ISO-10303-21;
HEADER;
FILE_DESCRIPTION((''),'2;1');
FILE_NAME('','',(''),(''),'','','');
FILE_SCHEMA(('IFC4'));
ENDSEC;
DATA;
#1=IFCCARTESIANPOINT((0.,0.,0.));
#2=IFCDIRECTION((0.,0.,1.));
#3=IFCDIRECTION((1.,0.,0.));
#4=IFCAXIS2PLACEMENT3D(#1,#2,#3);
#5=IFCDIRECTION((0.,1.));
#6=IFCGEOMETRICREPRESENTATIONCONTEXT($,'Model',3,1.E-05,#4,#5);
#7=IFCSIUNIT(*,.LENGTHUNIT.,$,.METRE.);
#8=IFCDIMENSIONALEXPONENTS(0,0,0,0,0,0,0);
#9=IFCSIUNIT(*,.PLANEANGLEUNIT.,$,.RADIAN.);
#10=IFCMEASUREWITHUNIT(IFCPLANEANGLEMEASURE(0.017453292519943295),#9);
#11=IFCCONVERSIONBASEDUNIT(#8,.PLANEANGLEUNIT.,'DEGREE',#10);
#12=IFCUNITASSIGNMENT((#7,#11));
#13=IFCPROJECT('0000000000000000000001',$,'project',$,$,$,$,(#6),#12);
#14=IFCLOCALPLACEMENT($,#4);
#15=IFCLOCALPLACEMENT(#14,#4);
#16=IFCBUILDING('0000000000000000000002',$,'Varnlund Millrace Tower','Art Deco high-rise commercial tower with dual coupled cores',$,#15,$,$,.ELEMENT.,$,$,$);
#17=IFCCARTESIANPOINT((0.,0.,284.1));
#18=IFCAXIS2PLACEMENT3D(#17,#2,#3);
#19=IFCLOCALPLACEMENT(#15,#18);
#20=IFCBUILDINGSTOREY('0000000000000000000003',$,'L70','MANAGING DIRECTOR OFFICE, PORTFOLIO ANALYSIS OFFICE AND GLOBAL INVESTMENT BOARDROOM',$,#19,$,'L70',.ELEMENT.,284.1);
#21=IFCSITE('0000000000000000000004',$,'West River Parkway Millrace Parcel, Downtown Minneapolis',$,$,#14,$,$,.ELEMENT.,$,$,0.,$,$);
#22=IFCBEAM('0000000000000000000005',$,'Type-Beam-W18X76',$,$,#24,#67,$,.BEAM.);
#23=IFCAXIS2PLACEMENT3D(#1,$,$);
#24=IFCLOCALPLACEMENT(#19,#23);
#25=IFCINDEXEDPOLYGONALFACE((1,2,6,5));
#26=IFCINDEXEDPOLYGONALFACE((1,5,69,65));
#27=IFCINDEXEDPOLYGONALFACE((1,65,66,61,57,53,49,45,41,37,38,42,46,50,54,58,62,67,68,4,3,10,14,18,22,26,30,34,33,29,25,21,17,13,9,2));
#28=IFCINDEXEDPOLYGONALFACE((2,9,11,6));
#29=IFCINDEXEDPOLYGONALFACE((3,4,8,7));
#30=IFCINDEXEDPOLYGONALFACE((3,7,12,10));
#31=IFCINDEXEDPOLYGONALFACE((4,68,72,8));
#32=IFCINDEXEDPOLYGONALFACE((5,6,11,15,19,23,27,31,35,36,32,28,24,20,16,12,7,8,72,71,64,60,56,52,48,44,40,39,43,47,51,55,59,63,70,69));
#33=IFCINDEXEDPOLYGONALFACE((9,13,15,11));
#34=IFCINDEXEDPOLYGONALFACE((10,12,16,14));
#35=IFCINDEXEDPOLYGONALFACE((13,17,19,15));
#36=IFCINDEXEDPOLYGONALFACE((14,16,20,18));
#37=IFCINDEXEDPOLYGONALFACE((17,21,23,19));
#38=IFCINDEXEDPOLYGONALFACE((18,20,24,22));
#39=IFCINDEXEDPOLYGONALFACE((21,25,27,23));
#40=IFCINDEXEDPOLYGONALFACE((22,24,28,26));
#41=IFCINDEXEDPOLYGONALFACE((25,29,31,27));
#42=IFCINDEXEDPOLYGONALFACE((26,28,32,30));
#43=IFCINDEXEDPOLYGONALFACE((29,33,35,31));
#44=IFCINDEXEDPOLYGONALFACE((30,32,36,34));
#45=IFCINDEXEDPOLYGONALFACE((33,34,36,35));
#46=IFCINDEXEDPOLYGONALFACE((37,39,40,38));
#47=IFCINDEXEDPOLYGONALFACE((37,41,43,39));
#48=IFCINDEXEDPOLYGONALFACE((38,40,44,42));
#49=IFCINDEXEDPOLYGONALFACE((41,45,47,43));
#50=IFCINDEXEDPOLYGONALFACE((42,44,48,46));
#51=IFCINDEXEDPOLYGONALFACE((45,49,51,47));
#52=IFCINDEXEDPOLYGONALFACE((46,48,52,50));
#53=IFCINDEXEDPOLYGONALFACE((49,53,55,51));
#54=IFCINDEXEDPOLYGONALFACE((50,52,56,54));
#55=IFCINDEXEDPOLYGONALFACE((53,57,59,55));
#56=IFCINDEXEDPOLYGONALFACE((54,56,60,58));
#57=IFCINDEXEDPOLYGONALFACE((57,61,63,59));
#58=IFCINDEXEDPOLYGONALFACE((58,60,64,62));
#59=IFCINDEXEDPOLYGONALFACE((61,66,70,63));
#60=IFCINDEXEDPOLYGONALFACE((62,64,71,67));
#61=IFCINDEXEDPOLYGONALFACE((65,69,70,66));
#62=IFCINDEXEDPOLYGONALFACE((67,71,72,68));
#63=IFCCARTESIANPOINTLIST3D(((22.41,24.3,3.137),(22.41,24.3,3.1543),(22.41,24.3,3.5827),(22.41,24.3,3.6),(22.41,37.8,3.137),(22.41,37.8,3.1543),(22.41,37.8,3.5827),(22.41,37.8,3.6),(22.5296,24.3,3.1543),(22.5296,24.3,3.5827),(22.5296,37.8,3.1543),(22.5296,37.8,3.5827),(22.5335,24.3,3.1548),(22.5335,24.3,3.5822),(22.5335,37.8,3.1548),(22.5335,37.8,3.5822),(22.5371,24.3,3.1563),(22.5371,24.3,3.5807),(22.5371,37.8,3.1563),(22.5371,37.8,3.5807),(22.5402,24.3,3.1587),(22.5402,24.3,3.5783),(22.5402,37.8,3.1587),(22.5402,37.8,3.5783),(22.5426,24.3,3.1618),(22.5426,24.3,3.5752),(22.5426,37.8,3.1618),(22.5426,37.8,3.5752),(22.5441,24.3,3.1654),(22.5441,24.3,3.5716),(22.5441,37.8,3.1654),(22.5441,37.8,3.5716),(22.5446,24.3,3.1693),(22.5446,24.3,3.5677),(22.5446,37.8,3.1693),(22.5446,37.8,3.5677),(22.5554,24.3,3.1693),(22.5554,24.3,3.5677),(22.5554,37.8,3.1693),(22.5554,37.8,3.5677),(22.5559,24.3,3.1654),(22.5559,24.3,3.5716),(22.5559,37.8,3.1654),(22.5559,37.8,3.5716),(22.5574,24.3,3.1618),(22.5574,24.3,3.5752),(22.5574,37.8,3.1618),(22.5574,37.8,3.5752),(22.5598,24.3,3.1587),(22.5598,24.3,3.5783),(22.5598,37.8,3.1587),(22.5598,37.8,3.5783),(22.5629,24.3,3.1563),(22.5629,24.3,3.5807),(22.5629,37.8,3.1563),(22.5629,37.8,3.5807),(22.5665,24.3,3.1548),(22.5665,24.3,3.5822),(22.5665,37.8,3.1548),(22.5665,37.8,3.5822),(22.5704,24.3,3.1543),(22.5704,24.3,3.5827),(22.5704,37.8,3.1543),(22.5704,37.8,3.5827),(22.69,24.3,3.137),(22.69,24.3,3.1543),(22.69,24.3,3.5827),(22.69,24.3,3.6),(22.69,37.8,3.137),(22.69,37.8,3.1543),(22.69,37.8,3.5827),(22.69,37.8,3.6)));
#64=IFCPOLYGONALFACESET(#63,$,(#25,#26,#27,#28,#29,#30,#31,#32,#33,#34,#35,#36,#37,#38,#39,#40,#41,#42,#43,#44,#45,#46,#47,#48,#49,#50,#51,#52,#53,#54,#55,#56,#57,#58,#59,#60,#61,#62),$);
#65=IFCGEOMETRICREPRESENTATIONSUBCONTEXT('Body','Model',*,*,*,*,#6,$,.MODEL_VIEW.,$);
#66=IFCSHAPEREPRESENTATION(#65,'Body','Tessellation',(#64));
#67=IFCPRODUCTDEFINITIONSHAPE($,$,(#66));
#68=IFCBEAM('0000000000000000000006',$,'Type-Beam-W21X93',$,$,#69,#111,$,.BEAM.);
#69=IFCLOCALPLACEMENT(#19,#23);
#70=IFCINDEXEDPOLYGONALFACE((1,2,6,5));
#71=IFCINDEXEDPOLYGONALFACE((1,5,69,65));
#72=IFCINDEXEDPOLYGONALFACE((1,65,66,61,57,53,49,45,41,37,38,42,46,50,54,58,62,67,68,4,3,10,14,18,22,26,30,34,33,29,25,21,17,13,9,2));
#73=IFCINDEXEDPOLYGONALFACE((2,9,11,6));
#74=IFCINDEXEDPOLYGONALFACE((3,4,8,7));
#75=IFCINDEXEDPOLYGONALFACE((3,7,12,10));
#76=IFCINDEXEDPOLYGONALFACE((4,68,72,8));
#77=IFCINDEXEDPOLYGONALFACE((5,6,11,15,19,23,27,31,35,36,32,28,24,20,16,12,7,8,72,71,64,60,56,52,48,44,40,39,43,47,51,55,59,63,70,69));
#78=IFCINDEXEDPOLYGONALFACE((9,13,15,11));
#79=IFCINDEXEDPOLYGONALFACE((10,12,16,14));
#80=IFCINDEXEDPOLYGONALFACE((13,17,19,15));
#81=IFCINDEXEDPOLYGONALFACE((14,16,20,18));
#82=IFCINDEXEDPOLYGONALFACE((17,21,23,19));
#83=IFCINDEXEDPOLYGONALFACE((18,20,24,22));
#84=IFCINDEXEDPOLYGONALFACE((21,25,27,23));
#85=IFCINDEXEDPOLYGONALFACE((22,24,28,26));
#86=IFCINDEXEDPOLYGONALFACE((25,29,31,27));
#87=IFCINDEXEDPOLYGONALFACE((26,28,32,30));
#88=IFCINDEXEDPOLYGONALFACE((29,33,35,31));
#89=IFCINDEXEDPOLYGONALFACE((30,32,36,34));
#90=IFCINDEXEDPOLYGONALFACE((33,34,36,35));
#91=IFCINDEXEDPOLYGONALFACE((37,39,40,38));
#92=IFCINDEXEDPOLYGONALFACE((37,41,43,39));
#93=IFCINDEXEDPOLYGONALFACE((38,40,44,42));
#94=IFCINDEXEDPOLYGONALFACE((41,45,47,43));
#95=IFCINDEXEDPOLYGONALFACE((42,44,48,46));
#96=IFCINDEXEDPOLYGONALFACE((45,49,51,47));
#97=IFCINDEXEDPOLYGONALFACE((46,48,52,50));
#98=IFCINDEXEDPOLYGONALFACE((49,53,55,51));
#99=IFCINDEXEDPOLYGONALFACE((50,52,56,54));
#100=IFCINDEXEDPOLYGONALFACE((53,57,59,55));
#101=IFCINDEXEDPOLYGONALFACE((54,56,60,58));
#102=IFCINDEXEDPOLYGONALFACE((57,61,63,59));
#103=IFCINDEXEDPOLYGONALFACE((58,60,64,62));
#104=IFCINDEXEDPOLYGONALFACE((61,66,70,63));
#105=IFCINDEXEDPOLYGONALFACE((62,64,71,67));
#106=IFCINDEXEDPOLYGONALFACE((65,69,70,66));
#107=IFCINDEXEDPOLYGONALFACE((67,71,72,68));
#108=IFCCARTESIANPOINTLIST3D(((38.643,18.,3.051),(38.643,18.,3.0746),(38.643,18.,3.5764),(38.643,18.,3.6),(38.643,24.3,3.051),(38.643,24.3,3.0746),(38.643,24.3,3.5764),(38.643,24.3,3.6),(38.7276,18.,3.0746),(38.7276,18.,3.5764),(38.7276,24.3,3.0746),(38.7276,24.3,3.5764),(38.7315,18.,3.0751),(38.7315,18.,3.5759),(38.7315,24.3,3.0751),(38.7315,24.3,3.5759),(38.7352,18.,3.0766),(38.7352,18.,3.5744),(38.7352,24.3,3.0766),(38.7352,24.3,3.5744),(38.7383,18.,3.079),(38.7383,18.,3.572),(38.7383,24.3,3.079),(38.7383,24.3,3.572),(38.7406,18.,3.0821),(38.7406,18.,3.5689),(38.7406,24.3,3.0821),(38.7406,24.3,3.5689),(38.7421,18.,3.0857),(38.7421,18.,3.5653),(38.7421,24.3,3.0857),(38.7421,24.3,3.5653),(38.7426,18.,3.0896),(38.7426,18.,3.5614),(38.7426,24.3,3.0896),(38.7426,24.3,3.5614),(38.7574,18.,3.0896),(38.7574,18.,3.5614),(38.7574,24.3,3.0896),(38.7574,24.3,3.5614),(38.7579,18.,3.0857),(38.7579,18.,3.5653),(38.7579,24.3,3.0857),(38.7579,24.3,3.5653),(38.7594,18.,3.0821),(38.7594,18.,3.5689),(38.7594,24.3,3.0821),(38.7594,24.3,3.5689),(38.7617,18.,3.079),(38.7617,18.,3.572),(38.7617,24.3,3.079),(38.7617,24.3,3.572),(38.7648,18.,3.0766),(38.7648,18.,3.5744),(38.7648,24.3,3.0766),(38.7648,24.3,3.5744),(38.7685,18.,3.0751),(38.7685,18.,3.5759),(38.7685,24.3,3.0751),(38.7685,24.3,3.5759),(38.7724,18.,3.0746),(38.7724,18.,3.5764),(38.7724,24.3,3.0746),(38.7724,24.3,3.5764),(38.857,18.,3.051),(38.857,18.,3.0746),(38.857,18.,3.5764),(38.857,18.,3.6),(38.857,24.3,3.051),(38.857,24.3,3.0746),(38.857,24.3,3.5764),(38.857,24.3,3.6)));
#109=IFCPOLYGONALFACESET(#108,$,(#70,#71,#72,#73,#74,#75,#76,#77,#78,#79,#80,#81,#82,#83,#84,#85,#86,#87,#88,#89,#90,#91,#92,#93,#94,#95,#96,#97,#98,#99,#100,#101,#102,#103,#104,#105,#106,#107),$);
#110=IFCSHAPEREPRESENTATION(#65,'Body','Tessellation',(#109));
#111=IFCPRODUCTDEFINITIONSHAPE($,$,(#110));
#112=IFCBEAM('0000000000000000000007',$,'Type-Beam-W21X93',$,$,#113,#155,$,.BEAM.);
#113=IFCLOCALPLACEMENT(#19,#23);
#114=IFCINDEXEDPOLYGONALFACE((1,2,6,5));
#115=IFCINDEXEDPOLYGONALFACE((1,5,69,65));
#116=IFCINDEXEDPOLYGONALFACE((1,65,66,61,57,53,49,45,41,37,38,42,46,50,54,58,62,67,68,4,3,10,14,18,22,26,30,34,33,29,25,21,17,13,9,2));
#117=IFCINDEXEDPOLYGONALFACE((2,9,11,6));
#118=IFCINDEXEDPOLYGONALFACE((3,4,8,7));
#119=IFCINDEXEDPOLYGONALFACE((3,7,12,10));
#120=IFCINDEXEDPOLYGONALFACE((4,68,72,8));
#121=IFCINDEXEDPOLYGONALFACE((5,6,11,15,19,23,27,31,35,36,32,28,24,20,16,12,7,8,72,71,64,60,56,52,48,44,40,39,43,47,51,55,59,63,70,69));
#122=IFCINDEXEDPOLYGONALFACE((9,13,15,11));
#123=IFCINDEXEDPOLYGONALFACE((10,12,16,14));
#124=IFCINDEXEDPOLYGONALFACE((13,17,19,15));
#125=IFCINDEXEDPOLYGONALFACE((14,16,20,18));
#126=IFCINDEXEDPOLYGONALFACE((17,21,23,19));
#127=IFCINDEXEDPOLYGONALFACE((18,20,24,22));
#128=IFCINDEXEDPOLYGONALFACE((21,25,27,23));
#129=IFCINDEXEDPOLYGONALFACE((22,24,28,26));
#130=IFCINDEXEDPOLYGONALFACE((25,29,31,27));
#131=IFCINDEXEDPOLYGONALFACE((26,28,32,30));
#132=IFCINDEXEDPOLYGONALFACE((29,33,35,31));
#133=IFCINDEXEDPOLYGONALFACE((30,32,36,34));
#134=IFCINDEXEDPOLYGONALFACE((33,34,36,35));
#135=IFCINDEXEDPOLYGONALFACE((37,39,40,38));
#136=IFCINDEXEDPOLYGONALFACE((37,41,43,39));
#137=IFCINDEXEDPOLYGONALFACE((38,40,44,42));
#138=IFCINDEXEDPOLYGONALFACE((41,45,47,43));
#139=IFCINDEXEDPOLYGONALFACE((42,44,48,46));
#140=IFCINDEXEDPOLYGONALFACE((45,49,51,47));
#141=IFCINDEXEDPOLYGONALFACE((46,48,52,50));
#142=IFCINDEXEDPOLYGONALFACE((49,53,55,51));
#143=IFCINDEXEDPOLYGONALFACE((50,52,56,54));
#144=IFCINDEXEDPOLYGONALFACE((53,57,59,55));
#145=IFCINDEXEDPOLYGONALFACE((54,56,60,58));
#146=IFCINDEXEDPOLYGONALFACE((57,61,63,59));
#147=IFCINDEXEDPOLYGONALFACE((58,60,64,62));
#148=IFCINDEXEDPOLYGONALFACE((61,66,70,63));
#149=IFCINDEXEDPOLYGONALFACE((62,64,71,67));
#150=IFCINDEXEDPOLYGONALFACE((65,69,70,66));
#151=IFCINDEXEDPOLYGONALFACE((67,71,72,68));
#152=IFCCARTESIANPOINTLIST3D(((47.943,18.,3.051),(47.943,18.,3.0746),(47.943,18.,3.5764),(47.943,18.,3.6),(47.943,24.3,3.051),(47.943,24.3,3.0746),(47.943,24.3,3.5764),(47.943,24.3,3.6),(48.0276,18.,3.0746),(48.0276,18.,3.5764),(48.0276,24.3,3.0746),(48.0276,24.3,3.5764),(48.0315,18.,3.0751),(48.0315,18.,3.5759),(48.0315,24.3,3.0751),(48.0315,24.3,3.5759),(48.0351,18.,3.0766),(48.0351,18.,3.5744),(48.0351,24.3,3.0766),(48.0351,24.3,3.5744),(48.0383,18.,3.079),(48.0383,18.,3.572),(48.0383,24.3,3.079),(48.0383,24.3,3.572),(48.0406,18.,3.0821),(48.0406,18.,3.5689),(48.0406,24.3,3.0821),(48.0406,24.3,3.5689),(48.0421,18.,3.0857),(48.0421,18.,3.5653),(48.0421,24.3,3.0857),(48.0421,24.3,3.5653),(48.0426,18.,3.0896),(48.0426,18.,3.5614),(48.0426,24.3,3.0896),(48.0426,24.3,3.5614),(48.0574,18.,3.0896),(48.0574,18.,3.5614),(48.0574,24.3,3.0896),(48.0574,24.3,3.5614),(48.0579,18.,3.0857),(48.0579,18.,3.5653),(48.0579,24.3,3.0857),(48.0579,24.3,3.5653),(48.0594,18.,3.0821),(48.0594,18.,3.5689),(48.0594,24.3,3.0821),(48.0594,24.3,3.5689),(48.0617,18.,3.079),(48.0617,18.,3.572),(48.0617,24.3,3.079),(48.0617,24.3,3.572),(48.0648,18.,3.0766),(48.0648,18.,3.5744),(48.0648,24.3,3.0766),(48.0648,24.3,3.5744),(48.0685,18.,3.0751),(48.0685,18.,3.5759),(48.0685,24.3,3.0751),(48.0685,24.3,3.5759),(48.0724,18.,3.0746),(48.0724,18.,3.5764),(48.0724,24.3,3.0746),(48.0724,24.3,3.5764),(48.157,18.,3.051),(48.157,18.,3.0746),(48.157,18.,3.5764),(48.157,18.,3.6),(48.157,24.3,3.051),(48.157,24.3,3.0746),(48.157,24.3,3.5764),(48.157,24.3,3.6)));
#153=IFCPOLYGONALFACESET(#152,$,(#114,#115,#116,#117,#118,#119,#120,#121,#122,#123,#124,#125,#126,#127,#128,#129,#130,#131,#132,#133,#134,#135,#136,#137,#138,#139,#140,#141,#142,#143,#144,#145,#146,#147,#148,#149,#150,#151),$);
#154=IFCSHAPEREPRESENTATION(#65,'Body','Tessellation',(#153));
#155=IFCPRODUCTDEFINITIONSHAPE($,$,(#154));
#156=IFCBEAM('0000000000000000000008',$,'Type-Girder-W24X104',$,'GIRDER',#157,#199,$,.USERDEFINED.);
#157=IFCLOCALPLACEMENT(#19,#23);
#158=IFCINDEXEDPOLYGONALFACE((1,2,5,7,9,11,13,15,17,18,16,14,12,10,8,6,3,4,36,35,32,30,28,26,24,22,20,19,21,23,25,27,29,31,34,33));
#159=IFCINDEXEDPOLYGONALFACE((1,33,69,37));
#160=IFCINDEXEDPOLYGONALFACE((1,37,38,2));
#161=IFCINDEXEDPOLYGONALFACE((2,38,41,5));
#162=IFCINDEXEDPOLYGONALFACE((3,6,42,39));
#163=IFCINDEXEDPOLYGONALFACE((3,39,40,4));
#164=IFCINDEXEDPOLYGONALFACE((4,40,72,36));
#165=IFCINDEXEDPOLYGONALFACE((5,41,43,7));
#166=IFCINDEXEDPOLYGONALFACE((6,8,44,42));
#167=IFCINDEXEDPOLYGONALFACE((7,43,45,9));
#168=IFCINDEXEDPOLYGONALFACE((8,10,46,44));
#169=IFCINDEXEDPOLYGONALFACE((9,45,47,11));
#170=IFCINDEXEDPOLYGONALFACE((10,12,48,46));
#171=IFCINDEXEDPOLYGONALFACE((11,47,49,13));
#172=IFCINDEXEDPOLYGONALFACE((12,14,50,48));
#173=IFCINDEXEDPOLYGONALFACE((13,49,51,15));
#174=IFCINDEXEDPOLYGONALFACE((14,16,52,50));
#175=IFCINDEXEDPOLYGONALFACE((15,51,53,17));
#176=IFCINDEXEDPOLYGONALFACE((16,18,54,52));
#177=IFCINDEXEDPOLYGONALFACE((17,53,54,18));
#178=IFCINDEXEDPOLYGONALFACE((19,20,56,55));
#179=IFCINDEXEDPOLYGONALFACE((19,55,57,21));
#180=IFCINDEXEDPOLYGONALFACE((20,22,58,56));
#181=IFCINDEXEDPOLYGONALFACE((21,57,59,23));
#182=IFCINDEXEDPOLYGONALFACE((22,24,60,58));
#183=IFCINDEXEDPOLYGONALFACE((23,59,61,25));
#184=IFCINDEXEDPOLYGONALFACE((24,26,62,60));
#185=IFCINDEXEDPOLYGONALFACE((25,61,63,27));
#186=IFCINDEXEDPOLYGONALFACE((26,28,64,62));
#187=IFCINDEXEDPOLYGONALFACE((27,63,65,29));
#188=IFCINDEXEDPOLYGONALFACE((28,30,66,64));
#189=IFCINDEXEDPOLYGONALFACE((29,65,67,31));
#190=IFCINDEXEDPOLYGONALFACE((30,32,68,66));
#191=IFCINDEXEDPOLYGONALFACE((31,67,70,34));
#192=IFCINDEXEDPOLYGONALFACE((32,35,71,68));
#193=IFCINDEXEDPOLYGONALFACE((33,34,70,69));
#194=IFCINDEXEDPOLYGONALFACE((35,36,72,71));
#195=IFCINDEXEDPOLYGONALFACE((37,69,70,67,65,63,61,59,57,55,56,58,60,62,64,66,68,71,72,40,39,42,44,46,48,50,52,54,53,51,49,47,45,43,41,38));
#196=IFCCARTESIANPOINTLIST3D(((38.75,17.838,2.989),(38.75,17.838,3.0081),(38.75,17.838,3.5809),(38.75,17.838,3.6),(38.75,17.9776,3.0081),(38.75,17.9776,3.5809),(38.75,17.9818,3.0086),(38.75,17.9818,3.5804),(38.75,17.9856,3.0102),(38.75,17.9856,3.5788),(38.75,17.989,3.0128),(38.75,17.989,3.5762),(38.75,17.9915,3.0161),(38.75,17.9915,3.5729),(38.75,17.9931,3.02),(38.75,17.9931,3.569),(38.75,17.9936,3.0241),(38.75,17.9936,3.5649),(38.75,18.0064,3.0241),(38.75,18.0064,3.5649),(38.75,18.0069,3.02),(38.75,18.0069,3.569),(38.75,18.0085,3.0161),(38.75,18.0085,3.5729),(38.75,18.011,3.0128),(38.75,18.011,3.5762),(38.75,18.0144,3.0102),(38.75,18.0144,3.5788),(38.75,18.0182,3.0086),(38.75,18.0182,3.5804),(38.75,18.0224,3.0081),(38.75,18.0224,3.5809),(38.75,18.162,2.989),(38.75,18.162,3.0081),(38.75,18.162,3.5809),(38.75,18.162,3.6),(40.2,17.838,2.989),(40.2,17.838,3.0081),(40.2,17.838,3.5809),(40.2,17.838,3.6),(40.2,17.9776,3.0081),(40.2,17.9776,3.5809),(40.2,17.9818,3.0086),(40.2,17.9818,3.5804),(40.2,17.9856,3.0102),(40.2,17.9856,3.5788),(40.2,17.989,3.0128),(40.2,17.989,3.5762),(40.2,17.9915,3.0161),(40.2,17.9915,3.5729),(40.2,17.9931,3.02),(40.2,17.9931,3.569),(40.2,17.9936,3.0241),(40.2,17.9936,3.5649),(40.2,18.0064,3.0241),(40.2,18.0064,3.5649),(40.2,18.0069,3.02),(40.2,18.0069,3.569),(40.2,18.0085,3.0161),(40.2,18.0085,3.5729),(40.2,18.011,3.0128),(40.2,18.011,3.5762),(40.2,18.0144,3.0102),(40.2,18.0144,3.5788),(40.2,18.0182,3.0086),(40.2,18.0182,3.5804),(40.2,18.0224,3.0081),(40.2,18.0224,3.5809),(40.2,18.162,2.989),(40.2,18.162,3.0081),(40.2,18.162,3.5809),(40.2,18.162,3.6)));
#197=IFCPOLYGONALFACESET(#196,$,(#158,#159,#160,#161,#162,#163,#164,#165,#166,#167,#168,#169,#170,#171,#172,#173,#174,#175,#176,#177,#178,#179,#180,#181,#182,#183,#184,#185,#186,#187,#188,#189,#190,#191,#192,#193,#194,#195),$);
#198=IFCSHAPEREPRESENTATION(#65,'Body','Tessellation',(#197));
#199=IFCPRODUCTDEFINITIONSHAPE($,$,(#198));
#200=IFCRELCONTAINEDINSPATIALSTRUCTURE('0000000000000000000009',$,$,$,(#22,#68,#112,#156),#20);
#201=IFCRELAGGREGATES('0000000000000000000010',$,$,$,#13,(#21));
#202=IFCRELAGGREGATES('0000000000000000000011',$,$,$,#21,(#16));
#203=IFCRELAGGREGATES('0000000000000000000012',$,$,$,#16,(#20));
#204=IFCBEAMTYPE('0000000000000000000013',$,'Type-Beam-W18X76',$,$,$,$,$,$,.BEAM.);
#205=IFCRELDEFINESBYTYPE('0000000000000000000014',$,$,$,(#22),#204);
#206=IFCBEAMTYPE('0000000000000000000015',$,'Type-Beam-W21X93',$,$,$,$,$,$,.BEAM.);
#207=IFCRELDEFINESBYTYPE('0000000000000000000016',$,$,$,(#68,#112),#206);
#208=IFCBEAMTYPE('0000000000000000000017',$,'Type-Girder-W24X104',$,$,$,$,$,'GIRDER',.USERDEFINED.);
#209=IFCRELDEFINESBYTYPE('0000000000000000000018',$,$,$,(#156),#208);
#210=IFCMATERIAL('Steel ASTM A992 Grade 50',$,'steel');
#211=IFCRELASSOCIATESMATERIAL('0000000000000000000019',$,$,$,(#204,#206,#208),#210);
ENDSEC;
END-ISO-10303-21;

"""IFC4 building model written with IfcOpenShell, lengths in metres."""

from ifc_helpers import new_model, entity, si_unit, converted_unit, direction, frame, origin_with_axes, origin_2d_with_axis, place, context, subcontext, project, spatial, i_section, extrude, material, material_profile, profile_set, type_object, element, save


model = new_model("IFC4")

# Units and contexts
model_context = context("Model", 3, precision=1e-05, world=origin_with_axes(), true_north=direction((0.0, 1.0)))
body_context = subcontext(model_context, "Body", "Model", "MODEL_VIEW")
ifc_project = project(units=[si_unit("LENGTHUNIT", "METRE"), converted_unit("PLANEANGLEUNIT", "DEGREE", entity("IfcPlaneAngleMeasure", 0.017453292519943295), si_unit("PLANEANGLEUNIT", "RADIAN"), dimensions=[0, 0, 0, 0, 0, 0, 0])], contexts=[model_context])

# Site, building, storey
site_placement = place(None, origin_with_axes())
site = spatial("IfcSite", under=ifc_project, at=site_placement, Name="West River Parkway Millrace Parcel, Downtown Minneapolis", CompositionType="ELEMENT", RefElevation=0.0)
building_placement = place(site_placement, origin_with_axes())
building = spatial("IfcBuilding", under=site, at=building_placement, Name="Varnlund Millrace Tower", Description="Art Deco high-rise commercial tower with dual coupled cores", CompositionType="ELEMENT")
storey_placement = place(building_placement, frame((0.0, 0.0, 284.1), z_axis=(0.0, 0.0, 1.0), x_axis=(1.0, 0.0, 0.0)))
storey = spatial("IfcBuildingStorey", under=building, at=storey_placement, Name="L70", Description="MANAGING DIRECTOR OFFICE, PORTFOLIO ANALYSIS OFFICE AND GLOBAL INVESTMENT BOARDROOM", LongName="L70", CompositionType="ELEMENT", Elevation=284.1)

# Beams
ifc_material_1 = material(Name="Steel ASTM A992 Grade 50", Category="steel")
ifc_material_profile_1 = material_profile(ifc_material_1, i_section(OverallWidth=0.28, OverallDepth=0.463, WebThickness=0.0108, FlangeThickness=0.0173, FilletRadius=0.015, at=origin_2d_with_axis()), Name="Steel ASTM A992 Grade 50")
ifc_profile_set_1 = profile_set([ifc_material_profile_1], Name="Steel ASTM A992 Grade 50")
beam_type_1 = type_object("IfcBeamType", Name="Type-Beam-W18X76", PredefinedType="BEAM", material=ifc_profile_set_1)
beam_1_placement = place(storey_placement, frame((22.55, 24.3, 3.3685), z_axis=(0.0, 1.0, 0.0), x_axis=(-1.0, 0.0, 0.0)))
element("IfcBeam", 1, at=beam_1_placement, inside=storey, type_object=beam_type_1, Name="Type-Beam-W18X76", PredefinedType="BEAM", context=body_context, shape_type="SweptSolid", body=[
    extrude(i_section(OverallWidth=0.28, OverallDepth=0.463, WebThickness=0.0108, FlangeThickness=0.0173, FilletRadius=0.015, at=origin_2d_with_axis()), origin_with_axes(), (0.0, 0.0, 1.0), 13.5),
])
ifc_material_profile_2 = material_profile(ifc_material_1, i_section(OverallWidth=0.214, OverallDepth=0.549, WebThickness=0.0147, FlangeThickness=0.0236, FilletRadius=0.015, at=origin_2d_with_axis()), Name="Steel ASTM A992 Grade 50")
ifc_profile_set_2 = profile_set([ifc_material_profile_2], Name="Steel ASTM A992 Grade 50")
beam_type_2 = type_object("IfcBeamType", Name="Type-Beam-W21X93", PredefinedType="BEAM", material=ifc_profile_set_2)
for number, where, z_axis, x_axis, name in (
    (2, (38.75, 18.0, 3.3255), (0.0, 1.0, 0.0), (-1.0, 0.0, 0.0), "Type-Beam-W21X93"),
    (3, (48.05, 18.0, 3.3255), (0.0, 1.0, 0.0), (-1.0, 0.0, 0.0), "Type-Beam-W21X93"),
):
    element("IfcBeam", number, at=place(storey_placement, frame(where, z_axis=z_axis, x_axis=x_axis)), inside=storey, type_object=beam_type_2, Name=name, PredefinedType="BEAM", context=body_context, shape_type="SweptSolid", body=[
        extrude(i_section(OverallWidth=0.214, OverallDepth=0.549, WebThickness=0.0147, FlangeThickness=0.0236, FilletRadius=0.015, at=origin_2d_with_axis()), origin_with_axes(), (0.0, 0.0, 1.0), 6.3),
    ])
ifc_material_profile_3 = material_profile(ifc_material_1, i_section(OverallWidth=0.324, OverallDepth=0.611, WebThickness=0.0127, FlangeThickness=0.0191, FilletRadius=0.016, at=origin_2d_with_axis()), Name="Steel ASTM A992 Grade 50")
ifc_profile_set_3 = profile_set([ifc_material_profile_3], Name="Steel ASTM A992 Grade 50")
beam_type_3 = type_object("IfcBeamType", Name="Type-Girder-W24X104", ElementType="GIRDER", PredefinedType="USERDEFINED", material=ifc_profile_set_3)
beam_2_placement = place(storey_placement, frame((38.75, 18.0, 3.2945), z_axis=(1.0, 0.0, 0.0), x_axis=(0.0, 1.0, 0.0)))
element("IfcBeam", 4, at=beam_2_placement, inside=storey, type_object=beam_type_3, Name="Type-Girder-W24X104", ObjectType="GIRDER", PredefinedType="USERDEFINED", context=body_context, shape_type="SweptSolid", body=[
    extrude(i_section(OverallWidth=0.324, OverallDepth=0.611, WebThickness=0.0127, FlangeThickness=0.0191, FilletRadius=0.016, at=origin_2d_with_axis()), origin_with_axes(), (0.0, 0.0, 1.0), 1.45),
])

save(model, "model.ifc")
